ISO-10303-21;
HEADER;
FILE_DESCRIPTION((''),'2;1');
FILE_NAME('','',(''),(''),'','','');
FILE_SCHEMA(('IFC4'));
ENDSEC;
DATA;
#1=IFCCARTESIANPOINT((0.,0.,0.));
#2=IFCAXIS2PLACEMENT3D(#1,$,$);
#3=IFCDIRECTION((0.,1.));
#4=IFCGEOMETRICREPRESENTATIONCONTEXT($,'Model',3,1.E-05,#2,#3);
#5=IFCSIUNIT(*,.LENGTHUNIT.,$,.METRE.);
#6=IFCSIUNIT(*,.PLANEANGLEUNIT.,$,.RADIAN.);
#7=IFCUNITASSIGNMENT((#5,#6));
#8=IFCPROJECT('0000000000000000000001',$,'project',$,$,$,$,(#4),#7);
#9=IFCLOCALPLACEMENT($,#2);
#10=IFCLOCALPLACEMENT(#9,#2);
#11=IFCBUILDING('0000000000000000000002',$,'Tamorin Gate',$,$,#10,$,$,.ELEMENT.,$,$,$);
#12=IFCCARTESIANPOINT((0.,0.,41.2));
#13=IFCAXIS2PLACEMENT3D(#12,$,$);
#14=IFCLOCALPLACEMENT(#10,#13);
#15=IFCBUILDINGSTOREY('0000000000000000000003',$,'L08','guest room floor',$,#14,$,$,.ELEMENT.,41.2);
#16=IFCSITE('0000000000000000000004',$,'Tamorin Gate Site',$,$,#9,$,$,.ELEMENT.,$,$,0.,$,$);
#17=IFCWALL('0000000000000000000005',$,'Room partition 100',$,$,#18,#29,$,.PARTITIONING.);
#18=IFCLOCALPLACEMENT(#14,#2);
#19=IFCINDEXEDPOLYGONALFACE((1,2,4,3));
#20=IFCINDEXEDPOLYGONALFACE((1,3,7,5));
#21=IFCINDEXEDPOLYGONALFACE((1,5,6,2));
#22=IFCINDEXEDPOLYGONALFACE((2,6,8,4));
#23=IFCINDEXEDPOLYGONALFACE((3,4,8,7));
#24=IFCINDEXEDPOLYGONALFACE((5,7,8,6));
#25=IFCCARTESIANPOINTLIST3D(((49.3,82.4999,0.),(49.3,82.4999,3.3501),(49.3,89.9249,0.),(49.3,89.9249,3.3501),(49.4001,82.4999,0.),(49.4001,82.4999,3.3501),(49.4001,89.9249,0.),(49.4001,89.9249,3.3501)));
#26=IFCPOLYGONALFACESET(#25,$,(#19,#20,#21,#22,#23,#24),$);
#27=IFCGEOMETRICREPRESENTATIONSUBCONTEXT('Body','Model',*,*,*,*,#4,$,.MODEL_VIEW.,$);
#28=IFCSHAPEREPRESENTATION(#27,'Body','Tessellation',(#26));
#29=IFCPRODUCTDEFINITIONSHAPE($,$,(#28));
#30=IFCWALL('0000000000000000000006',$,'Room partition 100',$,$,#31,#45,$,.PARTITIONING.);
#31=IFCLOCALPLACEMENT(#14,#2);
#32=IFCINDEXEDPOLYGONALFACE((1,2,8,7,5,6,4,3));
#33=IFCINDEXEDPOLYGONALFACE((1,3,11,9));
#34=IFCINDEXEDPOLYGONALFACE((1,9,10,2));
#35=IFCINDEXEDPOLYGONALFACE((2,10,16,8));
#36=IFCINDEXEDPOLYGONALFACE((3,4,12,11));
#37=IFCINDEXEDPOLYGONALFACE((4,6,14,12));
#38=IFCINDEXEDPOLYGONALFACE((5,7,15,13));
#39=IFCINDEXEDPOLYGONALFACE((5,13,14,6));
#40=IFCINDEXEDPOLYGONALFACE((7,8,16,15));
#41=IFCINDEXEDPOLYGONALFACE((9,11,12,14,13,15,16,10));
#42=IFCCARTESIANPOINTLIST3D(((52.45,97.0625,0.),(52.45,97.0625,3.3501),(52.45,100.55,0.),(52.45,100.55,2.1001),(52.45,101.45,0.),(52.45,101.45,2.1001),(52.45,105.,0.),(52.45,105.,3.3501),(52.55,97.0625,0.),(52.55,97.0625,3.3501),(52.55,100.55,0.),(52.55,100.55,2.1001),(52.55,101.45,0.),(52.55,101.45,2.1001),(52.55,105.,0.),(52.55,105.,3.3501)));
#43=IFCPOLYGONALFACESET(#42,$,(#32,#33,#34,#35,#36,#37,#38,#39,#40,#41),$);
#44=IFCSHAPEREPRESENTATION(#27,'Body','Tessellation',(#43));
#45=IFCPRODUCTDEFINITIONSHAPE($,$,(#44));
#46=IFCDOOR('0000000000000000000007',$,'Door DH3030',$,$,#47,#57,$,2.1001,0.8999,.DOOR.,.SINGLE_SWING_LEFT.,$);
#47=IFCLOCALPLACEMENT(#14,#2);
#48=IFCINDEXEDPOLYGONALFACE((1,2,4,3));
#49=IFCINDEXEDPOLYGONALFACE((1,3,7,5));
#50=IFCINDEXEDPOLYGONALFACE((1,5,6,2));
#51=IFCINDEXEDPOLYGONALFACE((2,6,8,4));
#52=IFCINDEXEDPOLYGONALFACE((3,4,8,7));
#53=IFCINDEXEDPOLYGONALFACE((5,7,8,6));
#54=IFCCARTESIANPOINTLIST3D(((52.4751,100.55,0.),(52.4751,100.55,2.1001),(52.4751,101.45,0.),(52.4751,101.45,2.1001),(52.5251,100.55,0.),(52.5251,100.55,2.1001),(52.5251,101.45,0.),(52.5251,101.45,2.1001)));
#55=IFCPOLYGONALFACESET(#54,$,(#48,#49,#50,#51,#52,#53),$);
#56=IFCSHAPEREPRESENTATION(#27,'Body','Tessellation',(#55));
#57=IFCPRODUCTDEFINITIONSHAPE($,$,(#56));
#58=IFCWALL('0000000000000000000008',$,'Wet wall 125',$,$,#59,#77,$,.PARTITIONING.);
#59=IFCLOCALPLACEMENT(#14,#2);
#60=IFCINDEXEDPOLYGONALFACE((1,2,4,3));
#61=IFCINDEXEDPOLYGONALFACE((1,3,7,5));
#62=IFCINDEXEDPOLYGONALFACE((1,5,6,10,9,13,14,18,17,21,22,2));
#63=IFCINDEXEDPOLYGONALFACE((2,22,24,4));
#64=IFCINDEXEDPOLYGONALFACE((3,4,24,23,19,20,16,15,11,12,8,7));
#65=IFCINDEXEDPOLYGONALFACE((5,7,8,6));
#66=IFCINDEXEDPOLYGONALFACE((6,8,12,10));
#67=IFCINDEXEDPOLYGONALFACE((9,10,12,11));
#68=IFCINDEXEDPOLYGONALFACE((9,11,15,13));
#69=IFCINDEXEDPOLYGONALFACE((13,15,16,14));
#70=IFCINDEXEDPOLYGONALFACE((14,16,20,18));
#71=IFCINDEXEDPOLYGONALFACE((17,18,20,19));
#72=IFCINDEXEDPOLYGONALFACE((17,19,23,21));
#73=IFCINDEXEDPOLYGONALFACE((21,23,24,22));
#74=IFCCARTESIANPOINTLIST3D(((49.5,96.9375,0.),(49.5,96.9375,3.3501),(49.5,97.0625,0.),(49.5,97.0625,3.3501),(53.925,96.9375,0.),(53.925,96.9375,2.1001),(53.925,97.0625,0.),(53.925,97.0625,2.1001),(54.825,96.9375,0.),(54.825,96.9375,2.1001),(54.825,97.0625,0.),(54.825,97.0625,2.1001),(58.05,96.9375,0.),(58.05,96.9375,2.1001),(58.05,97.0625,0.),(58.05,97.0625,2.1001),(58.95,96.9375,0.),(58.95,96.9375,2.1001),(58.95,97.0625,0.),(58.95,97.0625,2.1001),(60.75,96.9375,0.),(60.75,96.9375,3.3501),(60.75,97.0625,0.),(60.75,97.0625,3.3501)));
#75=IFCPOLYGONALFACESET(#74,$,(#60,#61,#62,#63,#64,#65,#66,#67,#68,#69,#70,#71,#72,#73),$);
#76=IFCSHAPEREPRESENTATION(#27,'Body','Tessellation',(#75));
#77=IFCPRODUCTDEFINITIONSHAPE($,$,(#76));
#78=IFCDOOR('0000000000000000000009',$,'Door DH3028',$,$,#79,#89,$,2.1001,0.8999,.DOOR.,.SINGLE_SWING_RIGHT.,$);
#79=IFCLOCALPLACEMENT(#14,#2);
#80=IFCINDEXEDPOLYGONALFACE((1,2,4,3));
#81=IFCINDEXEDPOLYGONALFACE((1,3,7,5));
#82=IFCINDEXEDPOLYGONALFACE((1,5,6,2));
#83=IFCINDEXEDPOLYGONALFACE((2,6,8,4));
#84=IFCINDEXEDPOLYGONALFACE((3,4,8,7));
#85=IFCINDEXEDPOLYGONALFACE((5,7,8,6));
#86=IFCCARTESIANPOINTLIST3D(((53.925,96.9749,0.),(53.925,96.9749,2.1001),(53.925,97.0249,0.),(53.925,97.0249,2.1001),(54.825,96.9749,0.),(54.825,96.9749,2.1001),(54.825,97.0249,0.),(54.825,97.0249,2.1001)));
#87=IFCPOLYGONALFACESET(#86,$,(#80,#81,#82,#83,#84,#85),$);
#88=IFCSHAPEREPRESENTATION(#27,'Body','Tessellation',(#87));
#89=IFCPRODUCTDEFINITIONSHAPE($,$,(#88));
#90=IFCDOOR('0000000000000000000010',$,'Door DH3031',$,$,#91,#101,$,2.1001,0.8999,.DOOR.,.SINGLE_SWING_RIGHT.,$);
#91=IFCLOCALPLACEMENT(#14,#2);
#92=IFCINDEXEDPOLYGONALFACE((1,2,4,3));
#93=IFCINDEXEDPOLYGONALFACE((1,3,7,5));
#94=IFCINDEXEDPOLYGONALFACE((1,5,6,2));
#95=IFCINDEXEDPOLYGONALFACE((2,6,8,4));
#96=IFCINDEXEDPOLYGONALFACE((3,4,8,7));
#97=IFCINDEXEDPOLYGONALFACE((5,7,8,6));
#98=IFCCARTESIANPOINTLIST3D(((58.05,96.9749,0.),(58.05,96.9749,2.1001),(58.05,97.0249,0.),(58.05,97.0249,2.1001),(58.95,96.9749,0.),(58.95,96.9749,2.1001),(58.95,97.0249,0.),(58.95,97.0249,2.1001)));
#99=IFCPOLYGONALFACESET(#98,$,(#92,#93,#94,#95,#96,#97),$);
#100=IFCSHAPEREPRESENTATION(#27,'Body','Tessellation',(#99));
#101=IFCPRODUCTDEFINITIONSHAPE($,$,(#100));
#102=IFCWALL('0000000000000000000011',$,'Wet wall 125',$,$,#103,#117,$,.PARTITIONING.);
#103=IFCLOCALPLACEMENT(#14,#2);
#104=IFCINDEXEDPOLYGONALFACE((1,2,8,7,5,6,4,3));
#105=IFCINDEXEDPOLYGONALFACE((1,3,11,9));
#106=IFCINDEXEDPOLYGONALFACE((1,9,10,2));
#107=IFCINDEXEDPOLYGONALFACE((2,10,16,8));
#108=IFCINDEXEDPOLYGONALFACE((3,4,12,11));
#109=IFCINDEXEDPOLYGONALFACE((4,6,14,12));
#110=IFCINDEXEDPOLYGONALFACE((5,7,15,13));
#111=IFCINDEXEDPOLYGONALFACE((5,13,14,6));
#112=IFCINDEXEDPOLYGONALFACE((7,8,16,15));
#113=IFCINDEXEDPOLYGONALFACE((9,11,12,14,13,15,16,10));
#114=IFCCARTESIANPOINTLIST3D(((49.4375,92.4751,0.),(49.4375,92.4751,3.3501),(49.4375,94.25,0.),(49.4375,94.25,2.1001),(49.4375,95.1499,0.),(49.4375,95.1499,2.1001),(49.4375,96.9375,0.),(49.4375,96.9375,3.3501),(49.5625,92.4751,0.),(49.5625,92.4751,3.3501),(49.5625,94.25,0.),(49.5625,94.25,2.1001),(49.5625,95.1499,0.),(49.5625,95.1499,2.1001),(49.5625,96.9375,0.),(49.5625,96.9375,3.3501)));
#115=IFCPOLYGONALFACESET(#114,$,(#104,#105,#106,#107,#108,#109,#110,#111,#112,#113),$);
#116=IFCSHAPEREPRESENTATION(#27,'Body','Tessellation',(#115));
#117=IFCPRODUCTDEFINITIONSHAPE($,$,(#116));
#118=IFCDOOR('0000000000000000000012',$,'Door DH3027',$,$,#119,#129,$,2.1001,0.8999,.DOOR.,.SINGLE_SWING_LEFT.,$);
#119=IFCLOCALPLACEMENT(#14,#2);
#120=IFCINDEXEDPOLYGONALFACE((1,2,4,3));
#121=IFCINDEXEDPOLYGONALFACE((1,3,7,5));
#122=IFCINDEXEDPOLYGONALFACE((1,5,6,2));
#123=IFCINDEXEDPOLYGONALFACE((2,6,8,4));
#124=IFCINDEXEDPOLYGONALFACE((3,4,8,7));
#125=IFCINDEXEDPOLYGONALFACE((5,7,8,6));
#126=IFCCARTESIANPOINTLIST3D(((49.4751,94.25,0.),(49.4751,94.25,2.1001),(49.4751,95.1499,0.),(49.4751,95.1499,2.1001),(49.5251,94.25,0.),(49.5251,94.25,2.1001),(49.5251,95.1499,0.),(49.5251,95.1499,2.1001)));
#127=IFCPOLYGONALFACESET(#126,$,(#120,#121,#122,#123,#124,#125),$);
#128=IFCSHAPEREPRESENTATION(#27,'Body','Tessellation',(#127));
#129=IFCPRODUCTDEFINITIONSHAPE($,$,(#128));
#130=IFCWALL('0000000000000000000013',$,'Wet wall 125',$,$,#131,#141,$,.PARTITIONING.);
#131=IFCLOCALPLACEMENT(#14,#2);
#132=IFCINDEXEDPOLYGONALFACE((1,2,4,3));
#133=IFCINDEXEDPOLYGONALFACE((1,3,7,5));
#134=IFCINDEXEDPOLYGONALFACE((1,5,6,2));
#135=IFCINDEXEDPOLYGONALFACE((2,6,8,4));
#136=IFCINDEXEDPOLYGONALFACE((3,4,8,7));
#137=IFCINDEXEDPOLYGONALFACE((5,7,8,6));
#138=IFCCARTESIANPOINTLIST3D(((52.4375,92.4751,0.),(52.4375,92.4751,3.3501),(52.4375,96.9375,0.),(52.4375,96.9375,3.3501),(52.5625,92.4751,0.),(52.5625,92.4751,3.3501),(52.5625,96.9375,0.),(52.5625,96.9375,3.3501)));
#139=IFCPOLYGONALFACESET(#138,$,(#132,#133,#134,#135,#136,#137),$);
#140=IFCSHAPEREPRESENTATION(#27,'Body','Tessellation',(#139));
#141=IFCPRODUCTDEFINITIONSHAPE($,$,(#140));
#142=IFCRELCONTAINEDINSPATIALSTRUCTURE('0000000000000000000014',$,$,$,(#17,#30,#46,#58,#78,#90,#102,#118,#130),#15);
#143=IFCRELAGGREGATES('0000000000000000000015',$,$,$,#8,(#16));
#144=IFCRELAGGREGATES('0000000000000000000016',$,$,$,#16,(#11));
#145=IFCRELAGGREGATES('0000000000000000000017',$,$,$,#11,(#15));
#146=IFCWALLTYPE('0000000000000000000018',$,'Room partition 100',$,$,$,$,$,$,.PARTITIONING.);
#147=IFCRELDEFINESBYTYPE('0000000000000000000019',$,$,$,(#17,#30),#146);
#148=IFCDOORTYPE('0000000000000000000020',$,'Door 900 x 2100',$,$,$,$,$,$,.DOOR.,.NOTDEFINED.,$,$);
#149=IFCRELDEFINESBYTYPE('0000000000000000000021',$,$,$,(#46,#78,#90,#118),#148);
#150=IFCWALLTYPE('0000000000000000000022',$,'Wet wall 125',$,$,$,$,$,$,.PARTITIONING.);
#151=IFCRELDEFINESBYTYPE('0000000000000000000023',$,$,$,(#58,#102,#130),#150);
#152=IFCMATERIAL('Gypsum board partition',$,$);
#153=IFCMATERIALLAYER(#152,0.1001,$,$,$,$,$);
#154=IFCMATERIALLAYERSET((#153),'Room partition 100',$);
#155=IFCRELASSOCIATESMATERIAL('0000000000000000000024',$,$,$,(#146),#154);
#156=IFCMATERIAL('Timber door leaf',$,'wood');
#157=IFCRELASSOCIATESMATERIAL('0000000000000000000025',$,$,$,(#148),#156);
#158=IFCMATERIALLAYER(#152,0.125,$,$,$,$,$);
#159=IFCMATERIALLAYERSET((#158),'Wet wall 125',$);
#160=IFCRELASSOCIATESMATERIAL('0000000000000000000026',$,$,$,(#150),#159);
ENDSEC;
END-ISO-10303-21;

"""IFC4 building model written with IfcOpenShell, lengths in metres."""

from ifc_helpers import new_model, si_unit, direction, frame, frame_2d, origin, place, context, subcontext, project, spatial, rectangle, extrude, material, layer, layer_set, type_object, element, fill, save


model = new_model("IFC4")

# Units and contexts
model_context = context("Model", 3, precision=1e-05, world=origin(), true_north=direction((0.0, 1.0)))
body_context = subcontext(model_context, "Body", "Model", "MODEL_VIEW")
ifc_project = project(units=[si_unit("LENGTHUNIT", "METRE"), si_unit("PLANEANGLEUNIT", "RADIAN")], contexts=[model_context])

# Site, building, storey
site_placement = place(None, origin())
site = spatial("IfcSite", under=ifc_project, at=site_placement, Name="Tamorin Gate Site", CompositionType="ELEMENT", RefElevation=0.0)
building_placement = place(site_placement, origin())
building = spatial("IfcBuilding", under=site, at=building_placement, Name="Tamorin Gate", CompositionType="ELEMENT")
storey_placement = place(building_placement, frame((0.0, 0.0, 41.2)))
storey = spatial("IfcBuildingStorey", under=building, at=storey_placement, Name="L08", Description="guest room floor", CompositionType="ELEMENT", Elevation=41.2)

# Wall
ifc_material_1 = material(Name="Gypsum board partition")
ifc_layer_1 = layer(ifc_material_1, 0.1001)
ifc_layer_set_1 = layer_set([ifc_layer_1], Name="Room partition 100")
wall_type_1 = type_object("IfcWallType", Name="Room partition 100", PredefinedType="PARTITIONING", material=ifc_layer_set_1)
wall_1_placement = place(storey_placement, frame((49.3501, 82.5, 0.0), z_axis=(0.0, 0.0, 1.0), x_axis=(0.0, 1.0, 0.0)))
element("IfcWall", 1, at=wall_1_placement, inside=storey, type_object=wall_type_1, Name="Room partition 100", PredefinedType="PARTITIONING", context=body_context, shape_type="SweptSolid", body=[
    extrude(rectangle(XDim=7.425, YDim=0.1001, at=frame_2d((3.7124, 0.0))), origin(), (0.0, 0.0, 1.0), 3.3501),
])

# Wall, opening, door
wall_2_placement = place(storey_placement, frame((52.5, 97.0625, 0.0), z_axis=(0.0, 0.0, 1.0), x_axis=(0.0, 1.0, 0.0)))
wall_2 = element("IfcWall", 2, at=wall_2_placement, inside=storey, type_object=wall_type_1, Name="Room partition 100", PredefinedType="PARTITIONING", context=body_context, shape_type="SweptSolid", body=[
    extrude(rectangle(XDim=7.9375, YDim=0.1001, at=frame_2d((3.9688, 0.0))), origin(), (0.0, 0.0, 1.0), 3.3501),
])
opening_1_placement = place(wall_2_placement, frame((3.4875, 0.0, 0.0)))
opening_1 = element("IfcOpeningElement", 3, at=opening_1_placement, cuts=wall_2, PredefinedType="OPENING", context=body_context, shape_type="SweptSolid", body=[
    extrude(rectangle(XDim=0.8999, YDim=2.1001, at=frame_2d((0.45, 1.05))), frame((0.0, 0.0601, 0.0), z_axis=(0.0, -1.0, 0.0), x_axis=(1.0, 0.0, 0.0)), (0.0, 0.0, 1.0), 0.1201),
])
ifc_material_2 = material(Name="Timber door leaf", Category="wood")
door_type = type_object("IfcDoorType", Name="Door 900 x 2100", OperationType="NOTDEFINED", PredefinedType="DOOR", material=ifc_material_2)
door_1_placement = place(opening_1_placement, origin())
door_1 = element("IfcDoor", 4, at=door_1_placement, inside=storey, type_object=door_type, Name="Door DH3030", OperationType="SINGLE_SWING_LEFT", OverallHeight=2.1001, OverallWidth=0.8999, PredefinedType="DOOR", context=body_context, shape_type="SweptSolid", body=[
    extrude(rectangle(XDim=0.8999, YDim=2.1001, at=frame_2d((0.45, 1.05))), frame((0.0, 0.0249, 0.0), z_axis=(0.0, -1.0, 0.0), x_axis=(1.0, 0.0, 0.0)), (0.0, 0.0, 1.0), 0.05),
])
fill(opening_1, door_1)

# Wall, openings, doors
ifc_layer_2 = layer(ifc_material_1, 0.125)
ifc_layer_set_2 = layer_set([ifc_layer_2], Name="Wet wall 125")
wall_type_2 = type_object("IfcWallType", Name="Wet wall 125", PredefinedType="PARTITIONING", material=ifc_layer_set_2)
wall_3_placement = place(storey_placement, frame((49.5, 97.0, 0.0), z_axis=(0.0, 0.0, 1.0), x_axis=(1.0, 0.0, 0.0)))
wall_3 = element("IfcWall", 5, at=wall_3_placement, inside=storey, type_object=wall_type_2, Name="Wet wall 125", PredefinedType="PARTITIONING", context=body_context, shape_type="SweptSolid", body=[
    extrude(rectangle(XDim=11.25, YDim=0.125, at=frame_2d((5.625, 0.0))), origin(), (0.0, 0.0, 1.0), 3.3501),
])
opening_2_placement = place(wall_3_placement, frame((4.425, 0.0, 0.0)))
opening_2 = element("IfcOpeningElement", 6, at=opening_2_placement, cuts=wall_3, PredefinedType="OPENING", context=body_context, shape_type="SweptSolid", body=[
    extrude(rectangle(XDim=0.8999, YDim=2.1001, at=frame_2d((0.45, 1.05))), frame((0.0, 0.0725, 0.0), z_axis=(0.0, -1.0, 0.0), x_axis=(1.0, 0.0, 0.0)), (0.0, 0.0, 1.0), 0.145),
])
opening_3_placement = place(wall_3_placement, frame((8.55, 0.0, 0.0)))
opening_3 = element("IfcOpeningElement", 7, at=opening_3_placement, cuts=wall_3, PredefinedType="OPENING", context=body_context, shape_type="SweptSolid", body=[
    extrude(rectangle(XDim=0.8999, YDim=2.1001, at=frame_2d((0.45, 1.05))), frame((0.0, 0.0725, 0.0), z_axis=(0.0, -1.0, 0.0), x_axis=(1.0, 0.0, 0.0)), (0.0, 0.0, 1.0), 0.145),
])
door_2_placement = place(opening_2_placement, origin())
door_2 = element("IfcDoor", 8, at=door_2_placement, inside=storey, type_object=door_type, Name="Door DH3028", OperationType="SINGLE_SWING_RIGHT", OverallHeight=2.1001, OverallWidth=0.8999, PredefinedType="DOOR", context=body_context, shape_type="SweptSolid", body=[
    extrude(rectangle(XDim=0.8999, YDim=2.1001, at=frame_2d((0.45, 1.05))), frame((0.0, 0.0249, 0.0), z_axis=(0.0, -1.0, 0.0), x_axis=(1.0, 0.0, 0.0)), (0.0, 0.0, 1.0), 0.05),
])
fill(opening_2, door_2)
door_3_placement = place(opening_3_placement, origin())
door_3 = element("IfcDoor", 9, at=door_3_placement, inside=storey, type_object=door_type, Name="Door DH3031", OperationType="SINGLE_SWING_RIGHT", OverallHeight=2.1001, OverallWidth=0.8999, PredefinedType="DOOR", context=body_context, shape_type="SweptSolid", body=[
    extrude(rectangle(XDim=0.8999, YDim=2.1001, at=frame_2d((0.45, 1.05))), frame((0.0, 0.0249, 0.0), z_axis=(0.0, -1.0, 0.0), x_axis=(1.0, 0.0, 0.0)), (0.0, 0.0, 1.0), 0.05),
])
fill(opening_3, door_3)

# Wall, opening, door
wall_4_placement = place(storey_placement, frame((49.5, 92.4751, 0.0), z_axis=(0.0, 0.0, 1.0), x_axis=(0.0, 1.0, 0.0)))
wall_4 = element("IfcWall", 10, at=wall_4_placement, inside=storey, type_object=wall_type_2, Name="Wet wall 125", PredefinedType="PARTITIONING", context=body_context, shape_type="SweptSolid", body=[
    extrude(rectangle(XDim=4.4624, YDim=0.125, at=frame_2d((2.2312, 0.0))), origin(), (0.0, 0.0, 1.0), 3.3501),
])
opening_4_placement = place(wall_4_placement, frame((1.7749, 0.0, 0.0)))
opening_4 = element("IfcOpeningElement", 11, at=opening_4_placement, cuts=wall_4, PredefinedType="OPENING", context=body_context, shape_type="SweptSolid", body=[
    extrude(rectangle(XDim=0.8999, YDim=2.1001, at=frame_2d((0.45, 1.05))), frame((0.0, 0.0725, 0.0), z_axis=(0.0, -1.0, 0.0), x_axis=(1.0, 0.0, 0.0)), (0.0, 0.0, 1.0), 0.145),
])
door_4_placement = place(opening_4_placement, origin())
door_4 = element("IfcDoor", 12, at=door_4_placement, inside=storey, type_object=door_type, Name="Door DH3027", OperationType="SINGLE_SWING_LEFT", OverallHeight=2.1001, OverallWidth=0.8999, PredefinedType="DOOR", context=body_context, shape_type="SweptSolid", body=[
    extrude(rectangle(XDim=0.8999, YDim=2.1001, at=frame_2d((0.45, 1.05))), frame((0.0, 0.0249, 0.0), z_axis=(0.0, -1.0, 0.0), x_axis=(1.0, 0.0, 0.0)), (0.0, 0.0, 1.0), 0.05),
])
fill(opening_4, door_4)

# Wall
wall_5_placement = place(storey_placement, frame((52.5, 92.4751, 0.0), z_axis=(0.0, 0.0, 1.0), x_axis=(0.0, 1.0, 0.0)))
element("IfcWall", 13, at=wall_5_placement, inside=storey, type_object=wall_type_2, Name="Wet wall 125", PredefinedType="PARTITIONING", context=body_context, shape_type="SweptSolid", body=[
    extrude(rectangle(XDim=4.4624, YDim=0.125, at=frame_2d((2.2312, 0.0))), origin(), (0.0, 0.0, 1.0), 3.3501),
])

save(model, "model.ifc")
